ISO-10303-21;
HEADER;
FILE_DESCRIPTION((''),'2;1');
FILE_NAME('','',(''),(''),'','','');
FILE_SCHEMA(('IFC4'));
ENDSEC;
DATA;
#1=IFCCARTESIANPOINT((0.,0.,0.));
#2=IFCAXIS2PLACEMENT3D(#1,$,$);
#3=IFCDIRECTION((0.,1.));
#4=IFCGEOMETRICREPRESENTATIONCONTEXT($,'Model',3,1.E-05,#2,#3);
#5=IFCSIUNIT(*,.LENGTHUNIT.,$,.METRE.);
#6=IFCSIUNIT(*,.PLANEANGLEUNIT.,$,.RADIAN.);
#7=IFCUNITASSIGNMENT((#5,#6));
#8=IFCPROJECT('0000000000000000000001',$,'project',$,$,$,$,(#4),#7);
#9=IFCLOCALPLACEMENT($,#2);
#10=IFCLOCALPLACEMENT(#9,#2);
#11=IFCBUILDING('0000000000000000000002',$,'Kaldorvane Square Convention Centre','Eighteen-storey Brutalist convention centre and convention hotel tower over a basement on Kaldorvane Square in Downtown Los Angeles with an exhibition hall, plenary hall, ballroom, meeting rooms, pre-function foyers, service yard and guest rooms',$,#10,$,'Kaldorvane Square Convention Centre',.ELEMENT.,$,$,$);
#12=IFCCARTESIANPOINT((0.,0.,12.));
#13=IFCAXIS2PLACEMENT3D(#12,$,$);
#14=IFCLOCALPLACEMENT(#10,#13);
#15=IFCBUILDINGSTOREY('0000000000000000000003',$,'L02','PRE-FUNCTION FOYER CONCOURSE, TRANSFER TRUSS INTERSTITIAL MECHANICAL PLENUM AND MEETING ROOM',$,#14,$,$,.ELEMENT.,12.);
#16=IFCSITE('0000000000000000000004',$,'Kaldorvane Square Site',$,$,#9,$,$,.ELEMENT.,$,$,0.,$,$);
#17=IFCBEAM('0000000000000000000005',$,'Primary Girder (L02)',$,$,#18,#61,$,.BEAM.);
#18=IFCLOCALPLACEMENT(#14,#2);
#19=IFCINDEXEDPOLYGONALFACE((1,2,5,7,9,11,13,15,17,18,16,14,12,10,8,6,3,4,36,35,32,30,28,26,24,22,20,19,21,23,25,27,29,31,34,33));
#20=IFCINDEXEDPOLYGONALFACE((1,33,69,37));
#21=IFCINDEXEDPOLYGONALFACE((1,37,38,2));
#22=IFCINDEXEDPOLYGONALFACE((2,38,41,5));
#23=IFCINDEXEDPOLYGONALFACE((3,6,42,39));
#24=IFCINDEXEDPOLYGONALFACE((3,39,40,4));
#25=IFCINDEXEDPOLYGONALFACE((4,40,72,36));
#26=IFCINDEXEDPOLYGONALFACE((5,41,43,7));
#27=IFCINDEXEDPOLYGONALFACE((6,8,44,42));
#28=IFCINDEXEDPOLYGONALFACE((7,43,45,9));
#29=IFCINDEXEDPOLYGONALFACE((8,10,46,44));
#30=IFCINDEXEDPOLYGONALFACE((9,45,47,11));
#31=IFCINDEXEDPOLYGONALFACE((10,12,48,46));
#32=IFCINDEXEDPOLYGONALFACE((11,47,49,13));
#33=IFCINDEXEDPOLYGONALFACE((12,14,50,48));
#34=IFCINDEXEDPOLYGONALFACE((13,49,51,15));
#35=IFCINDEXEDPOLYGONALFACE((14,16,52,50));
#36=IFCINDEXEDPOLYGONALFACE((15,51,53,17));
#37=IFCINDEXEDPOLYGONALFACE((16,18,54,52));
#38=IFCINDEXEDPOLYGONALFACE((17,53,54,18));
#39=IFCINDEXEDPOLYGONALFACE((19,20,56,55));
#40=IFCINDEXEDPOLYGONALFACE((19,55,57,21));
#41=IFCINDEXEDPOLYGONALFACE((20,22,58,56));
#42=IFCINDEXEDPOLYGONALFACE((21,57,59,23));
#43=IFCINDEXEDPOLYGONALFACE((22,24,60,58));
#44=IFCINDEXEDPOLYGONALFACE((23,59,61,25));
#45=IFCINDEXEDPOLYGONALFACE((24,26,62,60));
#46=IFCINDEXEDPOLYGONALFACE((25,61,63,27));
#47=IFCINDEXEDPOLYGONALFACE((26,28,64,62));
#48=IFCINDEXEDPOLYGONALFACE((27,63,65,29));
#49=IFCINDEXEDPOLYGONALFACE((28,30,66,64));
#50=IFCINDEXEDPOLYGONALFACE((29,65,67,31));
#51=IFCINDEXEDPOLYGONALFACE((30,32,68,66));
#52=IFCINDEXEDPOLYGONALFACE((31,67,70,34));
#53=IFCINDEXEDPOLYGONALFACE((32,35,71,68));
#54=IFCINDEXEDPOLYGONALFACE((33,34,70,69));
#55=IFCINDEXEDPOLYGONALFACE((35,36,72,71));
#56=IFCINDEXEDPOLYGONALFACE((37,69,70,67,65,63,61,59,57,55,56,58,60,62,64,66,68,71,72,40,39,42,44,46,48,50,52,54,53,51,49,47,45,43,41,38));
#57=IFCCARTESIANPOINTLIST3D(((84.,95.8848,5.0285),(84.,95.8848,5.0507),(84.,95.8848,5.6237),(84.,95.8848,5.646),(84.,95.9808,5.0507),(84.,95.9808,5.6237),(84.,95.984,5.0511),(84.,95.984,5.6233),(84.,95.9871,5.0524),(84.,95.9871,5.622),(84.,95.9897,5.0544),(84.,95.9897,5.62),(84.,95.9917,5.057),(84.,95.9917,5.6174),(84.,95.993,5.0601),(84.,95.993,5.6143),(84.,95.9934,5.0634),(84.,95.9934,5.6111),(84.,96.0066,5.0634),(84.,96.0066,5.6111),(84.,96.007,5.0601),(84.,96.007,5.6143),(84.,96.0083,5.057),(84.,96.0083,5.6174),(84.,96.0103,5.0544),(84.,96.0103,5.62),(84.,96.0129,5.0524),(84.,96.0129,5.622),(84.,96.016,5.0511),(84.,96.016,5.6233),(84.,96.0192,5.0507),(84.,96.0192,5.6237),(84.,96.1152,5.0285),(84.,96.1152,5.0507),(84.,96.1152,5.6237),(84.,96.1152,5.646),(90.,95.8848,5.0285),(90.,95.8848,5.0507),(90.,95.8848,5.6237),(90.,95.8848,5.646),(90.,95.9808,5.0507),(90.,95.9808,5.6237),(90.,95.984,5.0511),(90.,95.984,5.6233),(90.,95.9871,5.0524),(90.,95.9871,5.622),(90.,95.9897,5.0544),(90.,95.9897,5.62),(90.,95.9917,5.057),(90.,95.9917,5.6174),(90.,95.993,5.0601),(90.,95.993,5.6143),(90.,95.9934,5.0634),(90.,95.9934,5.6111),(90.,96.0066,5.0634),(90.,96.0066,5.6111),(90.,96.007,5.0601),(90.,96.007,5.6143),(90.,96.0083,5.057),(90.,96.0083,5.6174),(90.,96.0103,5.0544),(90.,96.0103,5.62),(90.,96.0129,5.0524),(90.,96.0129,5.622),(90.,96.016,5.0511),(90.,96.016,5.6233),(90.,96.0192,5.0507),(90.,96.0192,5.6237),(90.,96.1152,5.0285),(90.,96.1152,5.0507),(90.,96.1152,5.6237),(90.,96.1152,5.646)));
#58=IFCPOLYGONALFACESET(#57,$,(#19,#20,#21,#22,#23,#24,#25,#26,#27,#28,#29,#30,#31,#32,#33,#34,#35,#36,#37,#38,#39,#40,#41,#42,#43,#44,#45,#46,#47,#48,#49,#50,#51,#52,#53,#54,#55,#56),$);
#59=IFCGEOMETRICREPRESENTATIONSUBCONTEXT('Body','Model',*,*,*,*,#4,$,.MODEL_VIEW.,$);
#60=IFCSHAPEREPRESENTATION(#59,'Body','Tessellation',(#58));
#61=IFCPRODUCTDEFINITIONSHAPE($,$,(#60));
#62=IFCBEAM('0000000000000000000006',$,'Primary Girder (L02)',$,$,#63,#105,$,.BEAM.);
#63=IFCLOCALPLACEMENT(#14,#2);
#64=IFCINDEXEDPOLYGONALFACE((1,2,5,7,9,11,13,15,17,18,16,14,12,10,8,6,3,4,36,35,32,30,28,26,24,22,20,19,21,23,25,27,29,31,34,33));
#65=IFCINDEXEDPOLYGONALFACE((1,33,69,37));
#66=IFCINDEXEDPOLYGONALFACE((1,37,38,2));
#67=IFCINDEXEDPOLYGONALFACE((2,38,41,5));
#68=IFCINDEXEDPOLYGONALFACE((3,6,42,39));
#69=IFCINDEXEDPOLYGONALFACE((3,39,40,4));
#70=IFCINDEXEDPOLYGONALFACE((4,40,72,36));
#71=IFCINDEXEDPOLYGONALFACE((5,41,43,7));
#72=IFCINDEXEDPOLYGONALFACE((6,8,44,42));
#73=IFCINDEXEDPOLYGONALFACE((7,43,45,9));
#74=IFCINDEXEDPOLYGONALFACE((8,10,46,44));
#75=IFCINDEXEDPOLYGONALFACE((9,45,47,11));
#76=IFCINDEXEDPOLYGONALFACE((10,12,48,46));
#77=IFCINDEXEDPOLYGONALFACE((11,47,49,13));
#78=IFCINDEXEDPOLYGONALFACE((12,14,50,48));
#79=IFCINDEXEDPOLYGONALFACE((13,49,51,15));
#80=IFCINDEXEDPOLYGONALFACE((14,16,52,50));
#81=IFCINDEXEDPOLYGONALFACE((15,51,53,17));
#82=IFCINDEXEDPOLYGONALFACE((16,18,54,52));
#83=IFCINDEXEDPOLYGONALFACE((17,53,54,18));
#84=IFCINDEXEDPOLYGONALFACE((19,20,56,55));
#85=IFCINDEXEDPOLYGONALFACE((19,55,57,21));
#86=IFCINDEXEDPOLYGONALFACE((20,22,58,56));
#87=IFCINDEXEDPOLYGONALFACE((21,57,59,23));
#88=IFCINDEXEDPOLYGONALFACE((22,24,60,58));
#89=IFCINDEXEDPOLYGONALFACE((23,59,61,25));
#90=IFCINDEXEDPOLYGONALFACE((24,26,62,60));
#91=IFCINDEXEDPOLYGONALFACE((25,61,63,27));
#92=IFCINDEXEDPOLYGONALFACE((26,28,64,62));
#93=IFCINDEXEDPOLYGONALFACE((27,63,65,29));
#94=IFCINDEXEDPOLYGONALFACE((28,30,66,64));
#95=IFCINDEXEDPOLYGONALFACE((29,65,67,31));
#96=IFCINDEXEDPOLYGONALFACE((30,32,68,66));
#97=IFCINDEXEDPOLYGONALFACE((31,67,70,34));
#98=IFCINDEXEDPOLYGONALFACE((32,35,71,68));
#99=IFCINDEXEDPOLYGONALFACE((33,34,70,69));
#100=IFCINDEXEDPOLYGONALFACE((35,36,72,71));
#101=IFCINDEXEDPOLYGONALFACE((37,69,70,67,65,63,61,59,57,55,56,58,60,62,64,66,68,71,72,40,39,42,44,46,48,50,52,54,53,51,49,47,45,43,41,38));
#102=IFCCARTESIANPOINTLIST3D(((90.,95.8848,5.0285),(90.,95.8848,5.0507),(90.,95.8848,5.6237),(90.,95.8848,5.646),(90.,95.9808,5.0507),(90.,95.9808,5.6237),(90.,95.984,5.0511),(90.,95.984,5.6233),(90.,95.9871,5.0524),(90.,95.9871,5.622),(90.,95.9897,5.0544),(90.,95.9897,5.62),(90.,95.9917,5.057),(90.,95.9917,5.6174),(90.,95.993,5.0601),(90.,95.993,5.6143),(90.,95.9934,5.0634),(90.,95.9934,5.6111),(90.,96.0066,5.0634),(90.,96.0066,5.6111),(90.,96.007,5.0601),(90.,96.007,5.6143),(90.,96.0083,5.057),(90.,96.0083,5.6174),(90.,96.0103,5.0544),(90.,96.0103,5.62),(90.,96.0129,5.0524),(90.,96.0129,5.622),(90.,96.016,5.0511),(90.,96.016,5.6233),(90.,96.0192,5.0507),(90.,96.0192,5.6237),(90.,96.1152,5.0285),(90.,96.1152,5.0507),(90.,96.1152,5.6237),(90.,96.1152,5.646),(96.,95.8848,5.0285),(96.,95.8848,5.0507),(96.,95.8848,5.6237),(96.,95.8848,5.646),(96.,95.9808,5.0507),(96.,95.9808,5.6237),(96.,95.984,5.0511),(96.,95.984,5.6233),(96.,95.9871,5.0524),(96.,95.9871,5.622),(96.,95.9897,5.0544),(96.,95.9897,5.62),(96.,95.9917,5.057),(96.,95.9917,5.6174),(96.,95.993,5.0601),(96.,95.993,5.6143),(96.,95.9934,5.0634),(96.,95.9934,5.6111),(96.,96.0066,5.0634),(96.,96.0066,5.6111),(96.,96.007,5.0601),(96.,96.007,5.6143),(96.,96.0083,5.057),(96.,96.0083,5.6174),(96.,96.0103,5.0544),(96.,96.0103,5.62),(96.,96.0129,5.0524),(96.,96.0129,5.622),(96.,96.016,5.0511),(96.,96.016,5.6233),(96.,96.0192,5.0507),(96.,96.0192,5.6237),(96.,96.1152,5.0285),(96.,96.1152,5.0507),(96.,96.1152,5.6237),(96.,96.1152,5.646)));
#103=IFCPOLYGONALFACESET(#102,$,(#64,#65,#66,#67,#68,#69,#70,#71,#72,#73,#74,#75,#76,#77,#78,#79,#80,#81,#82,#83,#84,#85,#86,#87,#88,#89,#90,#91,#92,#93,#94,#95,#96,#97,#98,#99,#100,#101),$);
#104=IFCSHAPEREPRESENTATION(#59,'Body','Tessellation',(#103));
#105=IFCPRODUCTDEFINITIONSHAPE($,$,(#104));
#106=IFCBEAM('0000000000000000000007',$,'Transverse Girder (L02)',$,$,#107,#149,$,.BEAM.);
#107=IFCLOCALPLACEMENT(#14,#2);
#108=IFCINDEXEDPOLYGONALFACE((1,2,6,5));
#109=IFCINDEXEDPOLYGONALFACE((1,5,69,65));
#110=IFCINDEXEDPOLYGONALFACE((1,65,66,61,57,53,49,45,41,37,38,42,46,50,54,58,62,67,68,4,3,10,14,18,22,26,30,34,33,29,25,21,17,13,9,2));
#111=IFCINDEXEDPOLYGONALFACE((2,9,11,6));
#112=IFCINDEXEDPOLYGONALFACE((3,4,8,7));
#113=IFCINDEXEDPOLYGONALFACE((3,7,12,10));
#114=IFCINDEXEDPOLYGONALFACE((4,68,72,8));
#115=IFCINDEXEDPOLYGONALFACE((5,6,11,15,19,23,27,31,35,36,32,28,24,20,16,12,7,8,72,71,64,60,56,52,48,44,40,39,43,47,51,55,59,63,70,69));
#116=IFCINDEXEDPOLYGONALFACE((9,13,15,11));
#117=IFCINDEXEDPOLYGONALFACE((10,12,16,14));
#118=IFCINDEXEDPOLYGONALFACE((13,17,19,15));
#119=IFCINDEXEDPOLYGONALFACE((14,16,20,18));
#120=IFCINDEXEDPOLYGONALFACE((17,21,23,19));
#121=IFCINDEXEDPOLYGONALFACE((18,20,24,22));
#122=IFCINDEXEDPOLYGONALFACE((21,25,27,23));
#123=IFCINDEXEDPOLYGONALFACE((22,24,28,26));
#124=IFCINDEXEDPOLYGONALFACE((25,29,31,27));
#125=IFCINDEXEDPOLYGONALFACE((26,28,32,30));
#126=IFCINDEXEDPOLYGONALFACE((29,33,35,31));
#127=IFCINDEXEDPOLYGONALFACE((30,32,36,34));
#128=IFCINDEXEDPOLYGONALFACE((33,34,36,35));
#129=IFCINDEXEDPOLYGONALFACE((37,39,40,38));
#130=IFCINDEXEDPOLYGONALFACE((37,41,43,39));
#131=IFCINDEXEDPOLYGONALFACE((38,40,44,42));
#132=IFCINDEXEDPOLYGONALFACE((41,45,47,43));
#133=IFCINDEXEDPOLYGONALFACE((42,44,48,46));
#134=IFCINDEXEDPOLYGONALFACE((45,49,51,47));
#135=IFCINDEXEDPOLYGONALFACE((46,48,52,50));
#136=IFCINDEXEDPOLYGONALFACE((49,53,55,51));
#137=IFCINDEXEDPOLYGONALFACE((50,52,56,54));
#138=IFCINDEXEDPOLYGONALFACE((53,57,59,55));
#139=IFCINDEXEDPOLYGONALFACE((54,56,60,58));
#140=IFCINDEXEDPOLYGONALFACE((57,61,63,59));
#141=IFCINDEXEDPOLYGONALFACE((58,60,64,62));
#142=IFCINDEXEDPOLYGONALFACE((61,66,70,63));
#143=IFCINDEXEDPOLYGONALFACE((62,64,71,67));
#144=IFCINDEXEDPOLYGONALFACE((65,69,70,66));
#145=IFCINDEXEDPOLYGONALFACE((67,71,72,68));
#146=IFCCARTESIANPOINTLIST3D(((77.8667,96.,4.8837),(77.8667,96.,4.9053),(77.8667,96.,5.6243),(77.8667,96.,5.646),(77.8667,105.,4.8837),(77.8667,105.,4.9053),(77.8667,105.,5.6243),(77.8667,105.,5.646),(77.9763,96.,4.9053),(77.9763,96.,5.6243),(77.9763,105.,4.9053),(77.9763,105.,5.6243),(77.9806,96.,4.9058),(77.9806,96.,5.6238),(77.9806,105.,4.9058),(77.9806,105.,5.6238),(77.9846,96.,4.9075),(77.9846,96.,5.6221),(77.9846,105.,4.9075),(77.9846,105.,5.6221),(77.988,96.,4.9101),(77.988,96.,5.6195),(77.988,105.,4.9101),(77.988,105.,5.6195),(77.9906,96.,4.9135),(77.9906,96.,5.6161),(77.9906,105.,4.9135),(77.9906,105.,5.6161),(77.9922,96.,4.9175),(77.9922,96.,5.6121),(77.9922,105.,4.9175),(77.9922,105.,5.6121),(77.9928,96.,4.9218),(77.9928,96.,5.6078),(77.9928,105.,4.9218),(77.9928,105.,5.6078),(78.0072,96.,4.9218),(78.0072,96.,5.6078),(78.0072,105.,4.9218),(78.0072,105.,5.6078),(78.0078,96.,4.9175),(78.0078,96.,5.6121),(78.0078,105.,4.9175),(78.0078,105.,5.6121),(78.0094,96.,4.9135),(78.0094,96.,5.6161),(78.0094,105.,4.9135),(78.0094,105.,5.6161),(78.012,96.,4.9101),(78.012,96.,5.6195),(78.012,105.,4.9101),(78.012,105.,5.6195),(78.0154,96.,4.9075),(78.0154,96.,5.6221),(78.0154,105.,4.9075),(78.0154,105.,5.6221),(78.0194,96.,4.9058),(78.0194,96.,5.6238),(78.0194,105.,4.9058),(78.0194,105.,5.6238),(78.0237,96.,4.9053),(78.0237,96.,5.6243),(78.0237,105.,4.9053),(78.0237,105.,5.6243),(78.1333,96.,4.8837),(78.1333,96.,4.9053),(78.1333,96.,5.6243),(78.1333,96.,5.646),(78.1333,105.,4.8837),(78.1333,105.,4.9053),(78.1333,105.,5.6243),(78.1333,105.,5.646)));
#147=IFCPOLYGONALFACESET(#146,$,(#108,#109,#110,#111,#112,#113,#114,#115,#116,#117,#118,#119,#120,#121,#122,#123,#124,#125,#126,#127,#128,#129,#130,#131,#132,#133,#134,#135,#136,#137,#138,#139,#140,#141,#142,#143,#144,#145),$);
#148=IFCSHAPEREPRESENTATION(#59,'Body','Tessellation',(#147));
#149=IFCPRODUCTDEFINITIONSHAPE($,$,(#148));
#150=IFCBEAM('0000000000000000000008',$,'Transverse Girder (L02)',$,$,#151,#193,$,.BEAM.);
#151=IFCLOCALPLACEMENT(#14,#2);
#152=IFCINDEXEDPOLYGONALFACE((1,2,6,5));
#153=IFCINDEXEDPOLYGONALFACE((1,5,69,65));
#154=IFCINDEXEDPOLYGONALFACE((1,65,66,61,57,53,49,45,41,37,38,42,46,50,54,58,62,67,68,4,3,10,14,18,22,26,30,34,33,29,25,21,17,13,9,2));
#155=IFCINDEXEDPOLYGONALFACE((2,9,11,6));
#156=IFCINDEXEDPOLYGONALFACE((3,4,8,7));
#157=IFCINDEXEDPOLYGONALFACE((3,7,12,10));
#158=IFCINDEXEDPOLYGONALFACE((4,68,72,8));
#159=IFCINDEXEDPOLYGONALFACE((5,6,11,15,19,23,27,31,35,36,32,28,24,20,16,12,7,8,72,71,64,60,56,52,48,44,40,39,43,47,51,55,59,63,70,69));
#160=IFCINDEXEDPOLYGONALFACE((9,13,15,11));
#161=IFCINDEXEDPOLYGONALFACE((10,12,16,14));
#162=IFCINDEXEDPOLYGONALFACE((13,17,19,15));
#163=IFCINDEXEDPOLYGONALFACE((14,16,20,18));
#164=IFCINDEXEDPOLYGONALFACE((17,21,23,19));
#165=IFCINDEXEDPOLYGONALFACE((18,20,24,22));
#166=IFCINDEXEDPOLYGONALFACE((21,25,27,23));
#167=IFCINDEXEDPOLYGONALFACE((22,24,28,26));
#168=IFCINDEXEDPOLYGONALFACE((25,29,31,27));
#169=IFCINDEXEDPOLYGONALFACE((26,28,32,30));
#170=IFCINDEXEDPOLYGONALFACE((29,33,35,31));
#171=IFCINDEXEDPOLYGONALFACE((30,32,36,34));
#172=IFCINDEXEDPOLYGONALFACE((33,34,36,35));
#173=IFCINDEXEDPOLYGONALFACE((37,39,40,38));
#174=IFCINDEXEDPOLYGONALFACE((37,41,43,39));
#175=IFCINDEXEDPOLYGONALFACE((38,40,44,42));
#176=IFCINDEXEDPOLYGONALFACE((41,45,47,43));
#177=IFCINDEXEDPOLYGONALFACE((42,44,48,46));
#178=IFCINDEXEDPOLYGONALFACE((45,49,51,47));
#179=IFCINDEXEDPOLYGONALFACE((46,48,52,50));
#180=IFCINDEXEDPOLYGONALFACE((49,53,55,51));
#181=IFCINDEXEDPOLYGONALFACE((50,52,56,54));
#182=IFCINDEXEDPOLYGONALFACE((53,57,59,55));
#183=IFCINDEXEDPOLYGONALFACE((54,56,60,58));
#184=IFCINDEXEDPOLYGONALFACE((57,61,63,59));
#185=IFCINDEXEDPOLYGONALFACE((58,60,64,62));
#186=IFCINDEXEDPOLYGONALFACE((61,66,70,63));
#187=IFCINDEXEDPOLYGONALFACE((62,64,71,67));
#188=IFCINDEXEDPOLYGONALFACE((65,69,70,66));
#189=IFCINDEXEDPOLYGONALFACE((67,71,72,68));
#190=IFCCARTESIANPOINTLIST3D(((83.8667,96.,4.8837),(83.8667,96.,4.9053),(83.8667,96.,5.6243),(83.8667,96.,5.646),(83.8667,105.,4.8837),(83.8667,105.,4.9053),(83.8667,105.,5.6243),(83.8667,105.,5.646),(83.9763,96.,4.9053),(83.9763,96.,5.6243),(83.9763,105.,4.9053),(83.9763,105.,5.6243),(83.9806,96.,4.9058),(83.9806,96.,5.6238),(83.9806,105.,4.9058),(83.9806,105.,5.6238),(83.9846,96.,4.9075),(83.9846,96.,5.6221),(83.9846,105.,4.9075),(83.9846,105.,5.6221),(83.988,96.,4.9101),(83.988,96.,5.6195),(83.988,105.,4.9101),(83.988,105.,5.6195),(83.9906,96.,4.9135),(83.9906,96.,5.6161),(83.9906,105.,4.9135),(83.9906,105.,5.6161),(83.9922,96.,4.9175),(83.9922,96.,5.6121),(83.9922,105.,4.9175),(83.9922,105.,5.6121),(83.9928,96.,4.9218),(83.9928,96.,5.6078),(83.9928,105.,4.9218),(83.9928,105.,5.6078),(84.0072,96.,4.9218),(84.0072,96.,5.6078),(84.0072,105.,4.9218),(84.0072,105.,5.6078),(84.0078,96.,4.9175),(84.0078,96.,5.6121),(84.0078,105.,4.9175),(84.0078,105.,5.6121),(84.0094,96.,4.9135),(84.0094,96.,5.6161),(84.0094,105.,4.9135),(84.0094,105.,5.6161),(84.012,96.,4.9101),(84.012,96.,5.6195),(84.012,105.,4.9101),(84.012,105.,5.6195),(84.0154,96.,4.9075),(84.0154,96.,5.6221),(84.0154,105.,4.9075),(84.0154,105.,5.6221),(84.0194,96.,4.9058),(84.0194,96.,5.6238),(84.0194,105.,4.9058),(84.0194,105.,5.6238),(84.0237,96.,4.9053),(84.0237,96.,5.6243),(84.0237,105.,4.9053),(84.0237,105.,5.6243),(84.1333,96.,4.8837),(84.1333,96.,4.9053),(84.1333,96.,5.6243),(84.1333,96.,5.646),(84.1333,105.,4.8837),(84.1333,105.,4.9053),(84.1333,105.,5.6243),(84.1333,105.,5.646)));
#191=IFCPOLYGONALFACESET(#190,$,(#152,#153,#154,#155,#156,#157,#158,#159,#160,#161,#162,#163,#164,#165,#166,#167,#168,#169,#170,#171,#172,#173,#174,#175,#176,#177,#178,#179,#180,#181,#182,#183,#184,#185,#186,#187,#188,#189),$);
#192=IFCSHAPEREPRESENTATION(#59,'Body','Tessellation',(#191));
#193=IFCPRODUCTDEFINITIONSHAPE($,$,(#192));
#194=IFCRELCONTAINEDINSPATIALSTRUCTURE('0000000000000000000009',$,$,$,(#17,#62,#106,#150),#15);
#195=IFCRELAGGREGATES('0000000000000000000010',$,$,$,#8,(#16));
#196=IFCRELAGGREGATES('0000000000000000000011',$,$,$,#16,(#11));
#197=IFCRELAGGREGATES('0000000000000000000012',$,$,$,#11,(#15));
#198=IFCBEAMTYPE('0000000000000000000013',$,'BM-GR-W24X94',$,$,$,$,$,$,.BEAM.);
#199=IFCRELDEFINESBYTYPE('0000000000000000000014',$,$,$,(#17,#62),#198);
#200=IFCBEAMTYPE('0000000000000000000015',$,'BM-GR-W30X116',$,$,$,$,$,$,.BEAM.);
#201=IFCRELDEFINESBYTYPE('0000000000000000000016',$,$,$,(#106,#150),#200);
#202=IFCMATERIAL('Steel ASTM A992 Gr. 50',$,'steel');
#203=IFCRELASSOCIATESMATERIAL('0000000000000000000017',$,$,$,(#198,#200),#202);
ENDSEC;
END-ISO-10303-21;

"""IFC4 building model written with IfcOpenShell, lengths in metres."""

from ifc_helpers import new_model, si_unit, direction, frame, origin, origin_2d, place, context, subcontext, project, spatial, i_section, extrude, material, material_profile, profile_set, type_object, element, save


model = new_model("IFC4")

# Units and contexts
model_context = context("Model", 3, precision=1e-05, world=origin(), true_north=direction((0.0, 1.0)))
body_context = subcontext(model_context, "Body", "Model", "MODEL_VIEW")
ifc_project = project(units=[si_unit("LENGTHUNIT", "METRE"), si_unit("PLANEANGLEUNIT", "RADIAN")], contexts=[model_context])

# Site, building, storey
site_placement = place(None, origin())
site = spatial("IfcSite", under=ifc_project, at=site_placement, Name="Kaldorvane Square Site", CompositionType="ELEMENT", RefElevation=0.0)
building_placement = place(site_placement, origin())
building = spatial("IfcBuilding", under=site, at=building_placement, Name="Kaldorvane Square Convention Centre", Description="Eighteen-storey Brutalist convention centre and convention hotel tower over a basement on Kaldorvane Square in Downtown Los Angeles with an exhibition hall, plenary hall, ballroom, meeting rooms, pre-function foyers, service yard and guest rooms", LongName="Kaldorvane Square Convention Centre", CompositionType="ELEMENT")
storey_placement = place(building_placement, frame((0.0, 0.0, 12.0)))
storey = spatial("IfcBuildingStorey", under=building, at=storey_placement, Name="L02", Description="PRE-FUNCTION FOYER CONCOURSE, TRANSFER TRUSS INTERSTITIAL MECHANICAL PLENUM AND MEETING ROOM", CompositionType="ELEMENT", Elevation=12.0)

# Shared definitions
ifc_material_1 = material(Name="Steel ASTM A992 Gr. 50", Category="steel")

# Beams
ifc_material_profile_1 = material_profile(ifc_material_1, i_section(OverallWidth=0.2303, OverallDepth=0.6175, WebThickness=0.0131, FlangeThickness=0.0222, FilletRadius=0.0127, at=origin_2d()), Name="W24X94")
ifc_profile_set_1 = profile_set([ifc_material_profile_1], Name="Steel ASTM A992 Gr. 50")
beam_type_1 = type_object("IfcBeamType", Name="BM-GR-W24X94", PredefinedType="BEAM", material=ifc_profile_set_1)
for number, where, z_axis, x_axis, name in (
    (1, (84.0, 96.0, 5.3372), (1.0, 0.0, 0.0), (0.0, 1.0, 0.0), "Primary Girder (L02)"),
    (2, (90.0, 96.0, 5.3372), (1.0, 0.0, 0.0), (0.0, 1.0, 0.0), "Primary Girder (L02)"),
):
    element("IfcBeam", number, at=place(storey_placement, frame(where, z_axis=z_axis, x_axis=x_axis)), inside=storey, type_object=beam_type_1, Name=name, PredefinedType="BEAM", context=body_context, shape_type="SweptSolid", body=[
        extrude(i_section(OverallWidth=0.2303, OverallDepth=0.6175, WebThickness=0.0131, FlangeThickness=0.0222, FilletRadius=0.0127, at=origin_2d()), origin(), (0.0, 0.0, 1.0), 6.0),
    ])
ifc_material_profile_2 = material_profile(ifc_material_1, i_section(OverallWidth=0.2666, OverallDepth=0.7623, WebThickness=0.0144, FlangeThickness=0.0216, FilletRadius=0.0165, at=origin_2d()), Name="W30X116")
ifc_profile_set_2 = profile_set([ifc_material_profile_2], Name="Steel ASTM A992 Gr. 50")
beam_type_2 = type_object("IfcBeamType", Name="BM-GR-W30X116", PredefinedType="BEAM", material=ifc_profile_set_2)
for number, where, z_axis, x_axis, name in (
    (3, (78.0, 96.0, 5.2648), (0.0, 1.0, 0.0), (-1.0, 0.0, 0.0), "Transverse Girder (L02)"),
    (4, (84.0, 96.0, 5.2648), (0.0, 1.0, 0.0), (-1.0, 0.0, 0.0), "Transverse Girder (L02)"),
):
    element("IfcBeam", number, at=place(storey_placement, frame(where, z_axis=z_axis, x_axis=x_axis)), inside=storey, type_object=beam_type_2, Name=name, PredefinedType="BEAM", context=body_context, shape_type="SweptSolid", body=[
        extrude(i_section(OverallWidth=0.2666, OverallDepth=0.7623, WebThickness=0.0144, FlangeThickness=0.0216, FilletRadius=0.0165, at=origin_2d()), origin(), (0.0, 0.0, 1.0), 9.0),
    ])

save(model, "model.ifc")
